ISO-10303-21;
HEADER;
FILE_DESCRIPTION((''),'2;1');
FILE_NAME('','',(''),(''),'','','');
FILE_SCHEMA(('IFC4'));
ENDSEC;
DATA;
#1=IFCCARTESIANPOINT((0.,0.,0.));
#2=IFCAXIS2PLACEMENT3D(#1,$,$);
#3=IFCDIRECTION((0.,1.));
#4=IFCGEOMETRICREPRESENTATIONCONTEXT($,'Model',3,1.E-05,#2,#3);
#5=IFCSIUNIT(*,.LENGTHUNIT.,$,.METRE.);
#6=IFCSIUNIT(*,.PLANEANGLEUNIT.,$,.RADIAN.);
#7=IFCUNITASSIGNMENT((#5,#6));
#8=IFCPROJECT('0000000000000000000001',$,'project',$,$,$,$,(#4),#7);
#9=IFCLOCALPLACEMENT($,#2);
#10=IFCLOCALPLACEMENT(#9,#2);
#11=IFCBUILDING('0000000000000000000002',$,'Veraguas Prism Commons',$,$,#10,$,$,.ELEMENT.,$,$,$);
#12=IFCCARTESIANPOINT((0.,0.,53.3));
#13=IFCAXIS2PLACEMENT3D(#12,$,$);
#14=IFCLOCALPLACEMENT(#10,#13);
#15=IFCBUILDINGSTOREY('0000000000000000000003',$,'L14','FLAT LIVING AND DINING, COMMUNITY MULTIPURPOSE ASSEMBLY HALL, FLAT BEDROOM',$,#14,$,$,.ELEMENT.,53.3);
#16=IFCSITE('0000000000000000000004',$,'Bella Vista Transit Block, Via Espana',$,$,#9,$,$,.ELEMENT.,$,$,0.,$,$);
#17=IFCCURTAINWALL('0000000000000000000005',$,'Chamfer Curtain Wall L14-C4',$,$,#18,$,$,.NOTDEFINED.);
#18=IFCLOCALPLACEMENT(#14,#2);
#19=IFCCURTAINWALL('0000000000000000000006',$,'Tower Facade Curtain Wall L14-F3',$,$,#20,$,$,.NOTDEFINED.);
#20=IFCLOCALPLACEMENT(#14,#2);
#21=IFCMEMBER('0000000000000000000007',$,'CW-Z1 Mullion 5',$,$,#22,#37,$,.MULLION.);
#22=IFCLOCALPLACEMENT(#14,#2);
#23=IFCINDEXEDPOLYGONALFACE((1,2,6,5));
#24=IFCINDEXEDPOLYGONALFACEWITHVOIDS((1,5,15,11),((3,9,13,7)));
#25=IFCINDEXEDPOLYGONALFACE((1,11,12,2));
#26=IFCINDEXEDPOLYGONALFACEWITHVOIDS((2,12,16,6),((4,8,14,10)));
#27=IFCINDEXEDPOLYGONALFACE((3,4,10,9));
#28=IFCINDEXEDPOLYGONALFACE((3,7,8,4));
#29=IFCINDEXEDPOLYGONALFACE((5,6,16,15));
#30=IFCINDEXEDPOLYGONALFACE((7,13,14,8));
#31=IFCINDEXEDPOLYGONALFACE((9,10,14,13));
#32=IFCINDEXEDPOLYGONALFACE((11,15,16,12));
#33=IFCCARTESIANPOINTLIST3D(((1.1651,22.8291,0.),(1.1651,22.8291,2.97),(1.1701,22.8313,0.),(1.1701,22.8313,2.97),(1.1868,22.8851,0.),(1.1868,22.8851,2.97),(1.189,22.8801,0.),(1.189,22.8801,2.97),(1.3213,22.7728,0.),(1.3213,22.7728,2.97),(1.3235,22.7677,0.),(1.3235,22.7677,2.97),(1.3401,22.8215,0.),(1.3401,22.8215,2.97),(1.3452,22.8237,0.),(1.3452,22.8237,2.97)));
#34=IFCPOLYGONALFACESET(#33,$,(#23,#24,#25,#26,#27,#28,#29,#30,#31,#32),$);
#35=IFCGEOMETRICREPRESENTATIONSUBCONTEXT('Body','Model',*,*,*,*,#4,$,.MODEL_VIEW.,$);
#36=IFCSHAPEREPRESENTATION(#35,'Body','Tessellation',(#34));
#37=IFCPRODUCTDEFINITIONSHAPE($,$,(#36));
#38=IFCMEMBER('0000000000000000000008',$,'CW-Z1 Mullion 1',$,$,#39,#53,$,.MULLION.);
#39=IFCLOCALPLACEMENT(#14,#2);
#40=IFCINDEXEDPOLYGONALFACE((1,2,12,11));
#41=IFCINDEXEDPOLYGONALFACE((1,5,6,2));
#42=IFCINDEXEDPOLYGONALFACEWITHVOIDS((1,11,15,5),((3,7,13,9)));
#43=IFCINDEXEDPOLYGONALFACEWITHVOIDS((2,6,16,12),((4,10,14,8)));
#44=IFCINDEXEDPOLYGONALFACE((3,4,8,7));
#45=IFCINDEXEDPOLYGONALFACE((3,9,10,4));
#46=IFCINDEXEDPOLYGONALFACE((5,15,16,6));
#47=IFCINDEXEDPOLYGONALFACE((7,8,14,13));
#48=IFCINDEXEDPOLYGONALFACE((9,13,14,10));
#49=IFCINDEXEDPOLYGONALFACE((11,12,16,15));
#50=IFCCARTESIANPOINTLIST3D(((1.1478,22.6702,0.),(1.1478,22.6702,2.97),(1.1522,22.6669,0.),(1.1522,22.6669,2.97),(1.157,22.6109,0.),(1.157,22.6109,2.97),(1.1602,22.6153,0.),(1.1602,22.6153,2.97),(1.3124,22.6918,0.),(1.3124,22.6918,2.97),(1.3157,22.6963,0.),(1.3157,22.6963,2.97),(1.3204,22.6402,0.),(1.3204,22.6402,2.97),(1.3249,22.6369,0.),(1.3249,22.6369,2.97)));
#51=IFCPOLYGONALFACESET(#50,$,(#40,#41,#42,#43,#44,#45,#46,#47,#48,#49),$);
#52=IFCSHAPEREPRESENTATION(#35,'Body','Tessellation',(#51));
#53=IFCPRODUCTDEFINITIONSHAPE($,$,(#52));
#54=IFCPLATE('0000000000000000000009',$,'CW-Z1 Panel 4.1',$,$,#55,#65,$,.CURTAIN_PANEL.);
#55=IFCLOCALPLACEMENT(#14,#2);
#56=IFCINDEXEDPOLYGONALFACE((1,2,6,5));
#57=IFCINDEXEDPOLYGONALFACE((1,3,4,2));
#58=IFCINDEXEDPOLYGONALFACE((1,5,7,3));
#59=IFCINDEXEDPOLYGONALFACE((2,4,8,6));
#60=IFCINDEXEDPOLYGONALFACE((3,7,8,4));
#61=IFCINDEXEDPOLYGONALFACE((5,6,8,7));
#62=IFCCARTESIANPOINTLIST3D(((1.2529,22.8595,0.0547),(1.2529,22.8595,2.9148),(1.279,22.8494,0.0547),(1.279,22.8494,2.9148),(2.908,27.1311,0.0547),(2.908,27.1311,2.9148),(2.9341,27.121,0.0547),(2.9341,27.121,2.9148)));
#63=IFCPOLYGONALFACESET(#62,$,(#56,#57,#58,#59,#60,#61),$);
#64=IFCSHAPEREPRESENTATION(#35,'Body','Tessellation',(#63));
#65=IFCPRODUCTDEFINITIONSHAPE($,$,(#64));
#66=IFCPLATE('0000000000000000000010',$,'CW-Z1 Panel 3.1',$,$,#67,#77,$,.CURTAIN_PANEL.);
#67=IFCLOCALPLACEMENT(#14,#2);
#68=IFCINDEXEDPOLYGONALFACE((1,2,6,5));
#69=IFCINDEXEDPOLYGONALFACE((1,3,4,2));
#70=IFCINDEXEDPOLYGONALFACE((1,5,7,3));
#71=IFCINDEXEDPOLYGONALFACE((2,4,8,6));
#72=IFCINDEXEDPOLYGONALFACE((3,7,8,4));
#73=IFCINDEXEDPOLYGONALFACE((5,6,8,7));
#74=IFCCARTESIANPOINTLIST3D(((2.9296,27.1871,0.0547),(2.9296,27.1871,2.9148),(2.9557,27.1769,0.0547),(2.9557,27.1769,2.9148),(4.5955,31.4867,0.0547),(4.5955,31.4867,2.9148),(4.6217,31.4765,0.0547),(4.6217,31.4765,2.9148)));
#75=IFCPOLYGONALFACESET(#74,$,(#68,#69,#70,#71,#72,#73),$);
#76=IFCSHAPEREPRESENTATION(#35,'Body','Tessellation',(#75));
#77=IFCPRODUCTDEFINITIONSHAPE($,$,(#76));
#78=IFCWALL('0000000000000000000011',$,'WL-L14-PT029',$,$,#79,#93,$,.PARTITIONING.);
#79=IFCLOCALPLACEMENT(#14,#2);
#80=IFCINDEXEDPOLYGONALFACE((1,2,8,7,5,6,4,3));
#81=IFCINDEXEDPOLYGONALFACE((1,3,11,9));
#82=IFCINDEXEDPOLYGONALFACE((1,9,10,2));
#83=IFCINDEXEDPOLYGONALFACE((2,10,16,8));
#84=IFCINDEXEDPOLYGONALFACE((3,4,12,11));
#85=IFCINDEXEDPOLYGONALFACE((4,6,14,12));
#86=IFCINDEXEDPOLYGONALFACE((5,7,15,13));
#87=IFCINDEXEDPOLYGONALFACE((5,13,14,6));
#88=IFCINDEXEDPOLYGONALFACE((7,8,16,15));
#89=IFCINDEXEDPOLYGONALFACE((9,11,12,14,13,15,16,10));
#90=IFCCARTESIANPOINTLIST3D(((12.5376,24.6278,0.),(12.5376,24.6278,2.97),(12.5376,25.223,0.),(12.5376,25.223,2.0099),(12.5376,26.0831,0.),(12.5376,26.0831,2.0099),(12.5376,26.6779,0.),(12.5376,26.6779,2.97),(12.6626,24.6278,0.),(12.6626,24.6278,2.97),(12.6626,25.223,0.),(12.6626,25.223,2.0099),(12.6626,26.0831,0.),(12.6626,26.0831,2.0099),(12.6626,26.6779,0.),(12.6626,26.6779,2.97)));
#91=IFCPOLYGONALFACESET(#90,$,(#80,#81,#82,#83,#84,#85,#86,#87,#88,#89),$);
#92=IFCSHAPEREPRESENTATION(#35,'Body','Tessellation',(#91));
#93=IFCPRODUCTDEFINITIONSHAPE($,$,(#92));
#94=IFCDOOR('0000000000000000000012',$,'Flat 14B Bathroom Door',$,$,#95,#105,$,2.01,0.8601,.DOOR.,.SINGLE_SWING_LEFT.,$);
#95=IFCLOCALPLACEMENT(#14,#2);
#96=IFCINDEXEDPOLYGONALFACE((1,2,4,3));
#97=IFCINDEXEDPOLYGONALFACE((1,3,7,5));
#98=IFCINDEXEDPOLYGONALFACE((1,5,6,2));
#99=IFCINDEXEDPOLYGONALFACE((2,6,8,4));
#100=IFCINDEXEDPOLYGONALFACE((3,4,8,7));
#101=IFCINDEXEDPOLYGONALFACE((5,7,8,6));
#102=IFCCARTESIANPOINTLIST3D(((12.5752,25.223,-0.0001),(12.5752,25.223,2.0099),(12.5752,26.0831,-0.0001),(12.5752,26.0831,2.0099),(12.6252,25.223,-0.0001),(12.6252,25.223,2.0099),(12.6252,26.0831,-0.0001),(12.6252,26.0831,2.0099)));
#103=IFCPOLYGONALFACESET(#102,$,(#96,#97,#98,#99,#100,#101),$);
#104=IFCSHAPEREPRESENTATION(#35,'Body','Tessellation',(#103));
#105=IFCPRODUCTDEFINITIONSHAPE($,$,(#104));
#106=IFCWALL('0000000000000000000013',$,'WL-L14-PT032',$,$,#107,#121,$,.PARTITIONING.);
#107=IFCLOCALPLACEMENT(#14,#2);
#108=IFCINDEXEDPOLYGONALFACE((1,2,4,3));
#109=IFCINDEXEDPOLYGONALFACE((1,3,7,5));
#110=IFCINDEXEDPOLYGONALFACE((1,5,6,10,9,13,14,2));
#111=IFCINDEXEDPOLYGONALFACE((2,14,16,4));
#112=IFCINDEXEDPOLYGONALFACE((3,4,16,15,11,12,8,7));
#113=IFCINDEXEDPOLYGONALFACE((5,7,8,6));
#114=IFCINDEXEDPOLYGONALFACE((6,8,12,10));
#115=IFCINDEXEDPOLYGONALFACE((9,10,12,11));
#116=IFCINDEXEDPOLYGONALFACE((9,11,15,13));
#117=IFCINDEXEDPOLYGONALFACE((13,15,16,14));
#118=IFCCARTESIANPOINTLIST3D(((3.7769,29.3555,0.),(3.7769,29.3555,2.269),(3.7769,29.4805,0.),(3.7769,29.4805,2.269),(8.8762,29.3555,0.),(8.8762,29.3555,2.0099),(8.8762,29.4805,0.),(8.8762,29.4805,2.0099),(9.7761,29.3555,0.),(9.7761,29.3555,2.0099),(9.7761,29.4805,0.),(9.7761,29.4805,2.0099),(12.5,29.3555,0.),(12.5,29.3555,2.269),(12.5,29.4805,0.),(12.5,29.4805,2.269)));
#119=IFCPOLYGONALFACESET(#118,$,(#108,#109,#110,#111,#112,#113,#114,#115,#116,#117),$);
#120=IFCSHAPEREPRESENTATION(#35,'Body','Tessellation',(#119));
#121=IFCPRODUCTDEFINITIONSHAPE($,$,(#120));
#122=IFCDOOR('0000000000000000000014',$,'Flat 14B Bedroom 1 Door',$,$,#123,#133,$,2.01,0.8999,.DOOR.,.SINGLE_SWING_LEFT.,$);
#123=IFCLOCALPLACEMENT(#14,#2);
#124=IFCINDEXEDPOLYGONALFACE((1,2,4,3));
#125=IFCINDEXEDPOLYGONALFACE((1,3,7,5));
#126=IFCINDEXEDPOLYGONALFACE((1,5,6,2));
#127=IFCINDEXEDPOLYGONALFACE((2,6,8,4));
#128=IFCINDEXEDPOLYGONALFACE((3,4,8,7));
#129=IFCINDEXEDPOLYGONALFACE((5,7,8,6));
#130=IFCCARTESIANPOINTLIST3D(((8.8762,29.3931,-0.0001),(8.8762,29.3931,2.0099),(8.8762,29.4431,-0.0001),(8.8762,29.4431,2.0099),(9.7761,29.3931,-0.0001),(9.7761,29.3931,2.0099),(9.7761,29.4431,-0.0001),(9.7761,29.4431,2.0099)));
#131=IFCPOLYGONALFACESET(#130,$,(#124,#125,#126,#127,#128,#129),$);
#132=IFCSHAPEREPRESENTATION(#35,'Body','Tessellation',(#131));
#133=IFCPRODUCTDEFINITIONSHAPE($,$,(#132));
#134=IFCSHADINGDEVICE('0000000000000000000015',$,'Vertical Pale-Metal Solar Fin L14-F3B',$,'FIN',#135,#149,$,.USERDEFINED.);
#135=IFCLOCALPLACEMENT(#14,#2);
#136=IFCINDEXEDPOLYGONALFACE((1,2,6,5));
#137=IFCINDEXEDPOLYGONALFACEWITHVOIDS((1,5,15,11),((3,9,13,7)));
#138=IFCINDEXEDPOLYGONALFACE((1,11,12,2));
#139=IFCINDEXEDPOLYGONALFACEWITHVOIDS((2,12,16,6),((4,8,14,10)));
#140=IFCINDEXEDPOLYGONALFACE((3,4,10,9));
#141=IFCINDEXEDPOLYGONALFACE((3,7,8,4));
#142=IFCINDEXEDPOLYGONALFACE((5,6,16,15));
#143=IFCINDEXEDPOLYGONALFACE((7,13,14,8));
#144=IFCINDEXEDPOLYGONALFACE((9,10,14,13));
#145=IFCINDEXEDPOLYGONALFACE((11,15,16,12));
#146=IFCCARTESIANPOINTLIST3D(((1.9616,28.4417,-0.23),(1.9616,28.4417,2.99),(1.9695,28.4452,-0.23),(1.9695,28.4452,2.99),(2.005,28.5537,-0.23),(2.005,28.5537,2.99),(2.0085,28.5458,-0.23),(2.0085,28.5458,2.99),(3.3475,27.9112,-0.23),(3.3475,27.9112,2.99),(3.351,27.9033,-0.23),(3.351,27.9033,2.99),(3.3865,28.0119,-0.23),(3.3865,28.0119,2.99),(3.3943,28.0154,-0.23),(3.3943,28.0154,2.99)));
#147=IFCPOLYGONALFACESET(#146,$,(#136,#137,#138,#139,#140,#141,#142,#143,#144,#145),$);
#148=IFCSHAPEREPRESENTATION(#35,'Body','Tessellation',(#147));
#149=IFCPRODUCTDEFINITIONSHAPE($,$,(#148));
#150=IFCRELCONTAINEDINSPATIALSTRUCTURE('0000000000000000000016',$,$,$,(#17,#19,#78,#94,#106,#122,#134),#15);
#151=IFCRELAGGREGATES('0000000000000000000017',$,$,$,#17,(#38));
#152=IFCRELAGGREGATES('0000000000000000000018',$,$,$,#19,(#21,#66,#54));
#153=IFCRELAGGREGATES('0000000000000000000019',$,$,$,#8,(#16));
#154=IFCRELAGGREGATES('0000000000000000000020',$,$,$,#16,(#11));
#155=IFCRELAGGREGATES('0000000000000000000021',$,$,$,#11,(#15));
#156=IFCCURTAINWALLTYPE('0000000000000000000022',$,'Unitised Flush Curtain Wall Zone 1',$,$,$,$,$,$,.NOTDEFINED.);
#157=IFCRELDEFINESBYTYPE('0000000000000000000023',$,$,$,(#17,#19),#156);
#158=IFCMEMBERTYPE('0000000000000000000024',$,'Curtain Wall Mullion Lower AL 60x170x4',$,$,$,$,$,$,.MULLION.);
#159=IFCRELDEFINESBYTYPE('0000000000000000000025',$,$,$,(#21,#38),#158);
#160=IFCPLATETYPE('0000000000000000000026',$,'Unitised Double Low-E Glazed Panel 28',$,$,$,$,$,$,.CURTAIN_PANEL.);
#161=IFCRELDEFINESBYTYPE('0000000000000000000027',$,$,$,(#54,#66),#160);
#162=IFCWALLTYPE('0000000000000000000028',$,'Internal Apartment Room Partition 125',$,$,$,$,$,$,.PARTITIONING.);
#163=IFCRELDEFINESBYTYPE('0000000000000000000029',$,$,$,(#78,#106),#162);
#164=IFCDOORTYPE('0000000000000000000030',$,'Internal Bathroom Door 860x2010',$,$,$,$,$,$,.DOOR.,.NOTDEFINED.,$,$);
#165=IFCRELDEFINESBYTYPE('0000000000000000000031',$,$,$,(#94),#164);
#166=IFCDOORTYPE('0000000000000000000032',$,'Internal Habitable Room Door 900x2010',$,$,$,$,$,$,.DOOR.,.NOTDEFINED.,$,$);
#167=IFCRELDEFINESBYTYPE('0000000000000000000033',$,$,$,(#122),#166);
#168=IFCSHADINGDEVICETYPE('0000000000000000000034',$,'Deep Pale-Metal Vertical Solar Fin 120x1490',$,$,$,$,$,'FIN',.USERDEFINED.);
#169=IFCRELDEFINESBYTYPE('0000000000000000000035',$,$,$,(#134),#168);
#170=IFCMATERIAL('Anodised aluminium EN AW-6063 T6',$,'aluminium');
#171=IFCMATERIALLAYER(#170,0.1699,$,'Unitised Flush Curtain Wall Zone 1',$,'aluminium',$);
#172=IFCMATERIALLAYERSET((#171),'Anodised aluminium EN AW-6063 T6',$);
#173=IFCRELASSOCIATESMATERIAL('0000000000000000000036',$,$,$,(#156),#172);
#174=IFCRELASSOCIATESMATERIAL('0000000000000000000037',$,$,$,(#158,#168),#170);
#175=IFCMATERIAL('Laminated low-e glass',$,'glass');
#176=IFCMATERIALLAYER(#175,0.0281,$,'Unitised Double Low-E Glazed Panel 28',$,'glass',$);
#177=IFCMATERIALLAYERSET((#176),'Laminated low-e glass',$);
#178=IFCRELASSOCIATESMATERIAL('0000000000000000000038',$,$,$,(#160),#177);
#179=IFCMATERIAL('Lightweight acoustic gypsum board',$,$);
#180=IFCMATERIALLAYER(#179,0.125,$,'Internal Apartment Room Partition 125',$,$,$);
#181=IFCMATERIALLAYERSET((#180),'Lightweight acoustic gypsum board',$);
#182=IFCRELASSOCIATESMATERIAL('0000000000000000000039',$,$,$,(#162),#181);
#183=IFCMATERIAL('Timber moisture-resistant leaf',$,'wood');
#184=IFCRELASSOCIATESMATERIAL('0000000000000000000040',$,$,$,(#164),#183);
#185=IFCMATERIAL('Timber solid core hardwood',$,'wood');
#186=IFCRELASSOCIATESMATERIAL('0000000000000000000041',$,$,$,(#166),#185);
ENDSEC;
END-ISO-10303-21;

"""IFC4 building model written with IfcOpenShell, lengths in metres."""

from ifc_helpers import new_model, si_unit, direction, frame, frame_2d, origin, origin_2d, place, context, subcontext, project, spatial, rectangle, hollow_rectangle, extrude, source, transform, mapped, material, layer, layer_set, material_profile, profile_set, type_object, element, fill, aggregate, save


model = new_model("IFC4")

# Units and contexts
model_context = context("Model", 3, precision=1e-05, world=origin(), true_north=direction((0.0, 1.0)))
body_context = subcontext(model_context, "Body", "Model", "MODEL_VIEW")
ifc_project = project(units=[si_unit("LENGTHUNIT", "METRE"), si_unit("PLANEANGLEUNIT", "RADIAN")], contexts=[model_context])

# Site, building, storey
site_placement = place(None, origin())
site = spatial("IfcSite", under=ifc_project, at=site_placement, Name="Bella Vista Transit Block, Via Espana", CompositionType="ELEMENT", RefElevation=0.0)
building_placement = place(site_placement, origin())
building = spatial("IfcBuilding", under=site, at=building_placement, Name="Veraguas Prism Commons", CompositionType="ELEMENT")
storey_placement = place(building_placement, frame((0.0, 0.0, 53.3)))
storey = spatial("IfcBuildingStorey", under=building, at=storey_placement, Name="L14", Description="FLAT LIVING AND DINING, COMMUNITY MULTIPURPOSE ASSEMBLY HALL, FLAT BEDROOM", CompositionType="ELEMENT", Elevation=53.3)

# Curtain walls, member
ifc_material_1 = material(Name="Anodised aluminium EN AW-6063 T6", Category="aluminium")
ifc_layer_1 = layer(ifc_material_1, 0.1699, Name="Unitised Flush Curtain Wall Zone 1", Category="aluminium")
ifc_layer_set_1 = layer_set([ifc_layer_1], Name="Anodised aluminium EN AW-6063 T6")
curtain_wall_type = type_object("IfcCurtainWallType", Name="Unitised Flush Curtain Wall Zone 1", PredefinedType="NOTDEFINED", material=ifc_layer_set_1)
curtain_wall_1_placement = place(storey_placement, origin())
curtain_wall_1 = element("IfcCurtainWall", 1, at=curtain_wall_1_placement, inside=storey, type_object=curtain_wall_type, Name="Chamfer Curtain Wall L14-C4", PredefinedType="NOTDEFINED")
curtain_wall_2_placement = place(storey_placement, origin())
curtain_wall_2 = element("IfcCurtainWall", 2, at=curtain_wall_2_placement, inside=storey, type_object=curtain_wall_type, Name="Tower Facade Curtain Wall L14-F3", PredefinedType="NOTDEFINED")
ifc_material_profile_1 = material_profile(ifc_material_1, hollow_rectangle(XDim=0.0601, YDim=0.1699, WallThickness=0.0039, at=origin_2d()), Name="AL60X170X4")
ifc_profile_set_1 = profile_set([ifc_material_profile_1], Name="Anodised aluminium EN AW-6063 T6")
member_type_1 = type_object("IfcMemberType", Name="Curtain Wall Mullion Lower AL 60x170x4", PredefinedType="MULLION", material=ifc_profile_set_1)
shared_shape_1 = source(origin(), body_context, "Body", "SweptSolid", [
    extrude(hollow_rectangle(XDim=0.0601, YDim=0.1699, WallThickness=0.0039, at=origin_2d()), origin(), (0.0, 0.0, 1.0), 2.97),
])
member_1_placement = place(storey_placement, frame((1.2551, 22.8264, 0.0), z_axis=(0.0, 0.0, 1.0), x_axis=(-0.361294, -0.932452, 0.0)))
member_1 = element("IfcMember", 3, at=member_1_placement, type_object=member_type_1, Name="CW-Z1 Mullion 5", PredefinedType="MULLION", context=body_context, shape_type="MappedRepresentation", body=[
    mapped(shared_shape_1, transform((0.0, 0.0, 0.0), scale=1.0)),
])

# Member
member_2_placement = place(storey_placement, frame((1.2363, 22.6536, 0.0), z_axis=(0.0, 0.0, 1.0), x_axis=(0.153338, -0.988174, 0.0)))
member_2 = element("IfcMember", 4, at=member_2_placement, type_object=member_type_1, Name="CW-Z1 Mullion 1", PredefinedType="MULLION", context=body_context, shape_type="MappedRepresentation", body=[
    mapped(shared_shape_1, transform((0.0, 0.0, 0.0), scale=1.0)),
])
aggregate(curtain_wall_1, [member_2])

# Plates
ifc_material_2 = material(Name="Laminated low-e glass", Category="glass")
ifc_layer_2 = layer(ifc_material_2, 0.0281, Name="Unitised Double Low-E Glazed Panel 28", Category="glass")
ifc_layer_set_2 = layer_set([ifc_layer_2], Name="Laminated low-e glass")
plate_type = type_object("IfcPlateType", Name="Unitised Double Low-E Glazed Panel 28", PredefinedType="CURTAIN_PANEL", material=ifc_layer_set_2)
shared_shape_2 = source(origin(), body_context, "Body", "SweptSolid", [
    extrude(rectangle(XDim=4.5811, YDim=0.0281, at=origin_2d()), origin(), (0.0, 0.0, 1.0), 2.8601),
])
plate_1_placement = place(storey_placement, frame((2.0935, 24.9902, 0.0547), z_axis=(0.0, 0.0, 1.0), x_axis=(-0.361294, -0.932452, 0.0)))
plate_1 = element("IfcPlate", 5, at=plate_1_placement, type_object=plate_type, Name="CW-Z1 Panel 4.1", PredefinedType="CURTAIN_PANEL", context=body_context, shape_type="MappedRepresentation", body=[
    mapped(shared_shape_2, transform((0.0, 0.0, 0.0), scale=1.0)),
])
shared_shape_3 = source(origin(), body_context, "Body", "SweptSolid", [
    extrude(rectangle(XDim=4.6111, YDim=0.0281, at=origin_2d()), origin(), (0.0, 0.0, 1.0), 2.8601),
])
plate_2_placement = place(storey_placement, frame((3.7756, 29.3318, 0.0547), z_axis=(0.0, 0.0, 1.0), x_axis=(-0.361294, -0.932452, 0.0)))
plate_2 = element("IfcPlate", 6, at=plate_2_placement, type_object=plate_type, Name="CW-Z1 Panel 3.1", PredefinedType="CURTAIN_PANEL", context=body_context, shape_type="MappedRepresentation", body=[
    mapped(shared_shape_3, transform((0.0, 0.0, 0.0), scale=1.0)),
])
aggregate(curtain_wall_2, [member_1, plate_2, plate_1])

# Walls, openings, doors
ifc_material_3 = material(Name="Lightweight acoustic gypsum board")
ifc_layer_3 = layer(ifc_material_3, 0.125, Name="Internal Apartment Room Partition 125")
ifc_layer_set_3 = layer_set([ifc_layer_3], Name="Lightweight acoustic gypsum board")
wall_type = type_object("IfcWallType", Name="Internal Apartment Room Partition 125", PredefinedType="PARTITIONING", material=ifc_layer_set_3)
wall_1_placement = place(storey_placement, frame((12.6001, 24.6279, 0.0), z_axis=(0.0, 0.0, 1.0), x_axis=(0.0, 1.0, 0.0)))
wall_1 = element("IfcWall", 7, at=wall_1_placement, inside=storey, type_object=wall_type, Name="WL-L14-PT029", PredefinedType="PARTITIONING", context=body_context, shape_type="SweptSolid", body=[
    extrude(rectangle(XDim=2.05, YDim=0.125, at=frame_2d((1.0249, 0.0))), origin(), (0.0, 0.0, 1.0), 2.97),
])
opening_1_placement = place(wall_1_placement, frame((0.595, 0.0, 0.0)))
opening_1 = element("IfcOpeningElement", 8, at=opening_1_placement, cuts=wall_1, PredefinedType="OPENING", context=body_context, shape_type="SweptSolid", body=[
    extrude(rectangle(XDim=0.8601, YDim=2.01, at=frame_2d((0.4302, 1.0049))), frame((0.0, 0.0725, 0.0), z_axis=(0.0, -1.0, 0.0), x_axis=(1.0, 0.0, 0.0)), (0.0, 0.0, 1.0), 0.145),
])
ifc_material_4 = material(Name="Timber moisture-resistant leaf", Category="wood")
door_type_1 = type_object("IfcDoorType", Name="Internal Bathroom Door 860x2010", OperationType="NOTDEFINED", PredefinedType="DOOR", material=ifc_material_4)
shared_shape_4 = source(origin(), body_context, "Body", "SweptSolid", [
    extrude(rectangle(XDim=0.8601, YDim=2.01, at=frame_2d((0.4302, 1.0049))), frame((0.0, 0.0249, 0.0), z_axis=(0.0, -1.0, 0.0), x_axis=(1.0, 0.0, 0.0)), (0.0, 0.0, 1.0), 0.05),
])
door_1_placement = place(opening_1_placement, origin())
door_1 = element("IfcDoor", 9, at=door_1_placement, inside=storey, type_object=door_type_1, Name="Flat 14B Bathroom Door", OperationType="SINGLE_SWING_LEFT", OverallHeight=2.01, OverallWidth=0.8601, PredefinedType="DOOR", context=body_context, shape_type="MappedRepresentation", body=[
    mapped(shared_shape_4, transform((0.0, 0.0, 0.0), scale=1.0)),
])
fill(opening_1, door_1)
wall_2_placement = place(storey_placement, frame((12.5, 29.418, 0.0), z_axis=(0.0, 0.0, 1.0), x_axis=(-1.0, 0.0, 0.0)))
wall_2 = element("IfcWall", 10, at=wall_2_placement, inside=storey, type_object=wall_type, Name="WL-L14-PT032", PredefinedType="PARTITIONING", context=body_context, shape_type="SweptSolid", body=[
    extrude(rectangle(XDim=8.7231, YDim=0.125, at=frame_2d((4.3616, 0.0))), origin(), (0.0, 0.0, 1.0), 2.269),
])
opening_2_placement = place(wall_2_placement, frame((2.7239, 0.0, 0.0)))
opening_2 = element("IfcOpeningElement", 11, at=opening_2_placement, cuts=wall_2, PredefinedType="OPENING", context=body_context, shape_type="SweptSolid", body=[
    extrude(rectangle(XDim=0.8999, YDim=2.01, at=frame_2d((0.45, 1.0049))), frame((0.0, 0.0725, 0.0), z_axis=(0.0, -1.0, 0.0), x_axis=(1.0, 0.0, 0.0)), (0.0, 0.0, 1.0), 0.145),
])
ifc_material_5 = material(Name="Timber solid core hardwood", Category="wood")
door_type_2 = type_object("IfcDoorType", Name="Internal Habitable Room Door 900x2010", OperationType="NOTDEFINED", PredefinedType="DOOR", material=ifc_material_5)
shared_shape_5 = source(origin(), body_context, "Body", "SweptSolid", [
    extrude(rectangle(XDim=0.8999, YDim=2.01, at=frame_2d((0.45, 1.0049))), frame((0.0, 0.0249, 0.0), z_axis=(0.0, -1.0, 0.0), x_axis=(1.0, 0.0, 0.0)), (0.0, 0.0, 1.0), 0.05),
])
door_2_placement = place(opening_2_placement, origin())
door_2 = element("IfcDoor", 12, at=door_2_placement, inside=storey, type_object=door_type_2, Name="Flat 14B Bedroom 1 Door", OperationType="SINGLE_SWING_LEFT", OverallHeight=2.01, OverallWidth=0.8999, PredefinedType="DOOR", context=body_context, shape_type="MappedRepresentation", body=[
    mapped(shared_shape_5, transform((0.0, 0.0, 0.0), scale=1.0)),
])
fill(opening_2, door_2)

# Shading device
ifc_material_profile_2 = material_profile(ifc_material_1, hollow_rectangle(XDim=0.1201, YDim=1.49, WallThickness=0.0061, at=origin_2d()), Name="FIN120X1490X6")
ifc_profile_set_2 = profile_set([ifc_material_profile_2], Name="Anodised aluminium EN AW-6063 T6")
shading_device_type = type_object("IfcShadingDeviceType", Name="Deep Pale-Metal Vertical Solar Fin 120x1490", ElementType="FIN", PredefinedType="USERDEFINED", material=ifc_profile_set_2)
shading_device_placement = place(storey_placement, frame((2.678, 28.2285, -0.23), z_axis=(0.0, 0.0, 1.0), x_axis=(-0.361297, -0.932451, 0.0)))
element("IfcShadingDevice", 13, at=shading_device_placement, inside=storey, type_object=shading_device_type, Name="Vertical Pale-Metal Solar Fin L14-F3B", ObjectType="FIN", PredefinedType="USERDEFINED", context=body_context, shape_type="SweptSolid", body=[
    extrude(hollow_rectangle(XDim=0.1201, YDim=1.49, WallThickness=0.0061, at=origin_2d()), origin(), (0.0, 0.0, 1.0), 3.22),
])

save(model, "model.ifc")
